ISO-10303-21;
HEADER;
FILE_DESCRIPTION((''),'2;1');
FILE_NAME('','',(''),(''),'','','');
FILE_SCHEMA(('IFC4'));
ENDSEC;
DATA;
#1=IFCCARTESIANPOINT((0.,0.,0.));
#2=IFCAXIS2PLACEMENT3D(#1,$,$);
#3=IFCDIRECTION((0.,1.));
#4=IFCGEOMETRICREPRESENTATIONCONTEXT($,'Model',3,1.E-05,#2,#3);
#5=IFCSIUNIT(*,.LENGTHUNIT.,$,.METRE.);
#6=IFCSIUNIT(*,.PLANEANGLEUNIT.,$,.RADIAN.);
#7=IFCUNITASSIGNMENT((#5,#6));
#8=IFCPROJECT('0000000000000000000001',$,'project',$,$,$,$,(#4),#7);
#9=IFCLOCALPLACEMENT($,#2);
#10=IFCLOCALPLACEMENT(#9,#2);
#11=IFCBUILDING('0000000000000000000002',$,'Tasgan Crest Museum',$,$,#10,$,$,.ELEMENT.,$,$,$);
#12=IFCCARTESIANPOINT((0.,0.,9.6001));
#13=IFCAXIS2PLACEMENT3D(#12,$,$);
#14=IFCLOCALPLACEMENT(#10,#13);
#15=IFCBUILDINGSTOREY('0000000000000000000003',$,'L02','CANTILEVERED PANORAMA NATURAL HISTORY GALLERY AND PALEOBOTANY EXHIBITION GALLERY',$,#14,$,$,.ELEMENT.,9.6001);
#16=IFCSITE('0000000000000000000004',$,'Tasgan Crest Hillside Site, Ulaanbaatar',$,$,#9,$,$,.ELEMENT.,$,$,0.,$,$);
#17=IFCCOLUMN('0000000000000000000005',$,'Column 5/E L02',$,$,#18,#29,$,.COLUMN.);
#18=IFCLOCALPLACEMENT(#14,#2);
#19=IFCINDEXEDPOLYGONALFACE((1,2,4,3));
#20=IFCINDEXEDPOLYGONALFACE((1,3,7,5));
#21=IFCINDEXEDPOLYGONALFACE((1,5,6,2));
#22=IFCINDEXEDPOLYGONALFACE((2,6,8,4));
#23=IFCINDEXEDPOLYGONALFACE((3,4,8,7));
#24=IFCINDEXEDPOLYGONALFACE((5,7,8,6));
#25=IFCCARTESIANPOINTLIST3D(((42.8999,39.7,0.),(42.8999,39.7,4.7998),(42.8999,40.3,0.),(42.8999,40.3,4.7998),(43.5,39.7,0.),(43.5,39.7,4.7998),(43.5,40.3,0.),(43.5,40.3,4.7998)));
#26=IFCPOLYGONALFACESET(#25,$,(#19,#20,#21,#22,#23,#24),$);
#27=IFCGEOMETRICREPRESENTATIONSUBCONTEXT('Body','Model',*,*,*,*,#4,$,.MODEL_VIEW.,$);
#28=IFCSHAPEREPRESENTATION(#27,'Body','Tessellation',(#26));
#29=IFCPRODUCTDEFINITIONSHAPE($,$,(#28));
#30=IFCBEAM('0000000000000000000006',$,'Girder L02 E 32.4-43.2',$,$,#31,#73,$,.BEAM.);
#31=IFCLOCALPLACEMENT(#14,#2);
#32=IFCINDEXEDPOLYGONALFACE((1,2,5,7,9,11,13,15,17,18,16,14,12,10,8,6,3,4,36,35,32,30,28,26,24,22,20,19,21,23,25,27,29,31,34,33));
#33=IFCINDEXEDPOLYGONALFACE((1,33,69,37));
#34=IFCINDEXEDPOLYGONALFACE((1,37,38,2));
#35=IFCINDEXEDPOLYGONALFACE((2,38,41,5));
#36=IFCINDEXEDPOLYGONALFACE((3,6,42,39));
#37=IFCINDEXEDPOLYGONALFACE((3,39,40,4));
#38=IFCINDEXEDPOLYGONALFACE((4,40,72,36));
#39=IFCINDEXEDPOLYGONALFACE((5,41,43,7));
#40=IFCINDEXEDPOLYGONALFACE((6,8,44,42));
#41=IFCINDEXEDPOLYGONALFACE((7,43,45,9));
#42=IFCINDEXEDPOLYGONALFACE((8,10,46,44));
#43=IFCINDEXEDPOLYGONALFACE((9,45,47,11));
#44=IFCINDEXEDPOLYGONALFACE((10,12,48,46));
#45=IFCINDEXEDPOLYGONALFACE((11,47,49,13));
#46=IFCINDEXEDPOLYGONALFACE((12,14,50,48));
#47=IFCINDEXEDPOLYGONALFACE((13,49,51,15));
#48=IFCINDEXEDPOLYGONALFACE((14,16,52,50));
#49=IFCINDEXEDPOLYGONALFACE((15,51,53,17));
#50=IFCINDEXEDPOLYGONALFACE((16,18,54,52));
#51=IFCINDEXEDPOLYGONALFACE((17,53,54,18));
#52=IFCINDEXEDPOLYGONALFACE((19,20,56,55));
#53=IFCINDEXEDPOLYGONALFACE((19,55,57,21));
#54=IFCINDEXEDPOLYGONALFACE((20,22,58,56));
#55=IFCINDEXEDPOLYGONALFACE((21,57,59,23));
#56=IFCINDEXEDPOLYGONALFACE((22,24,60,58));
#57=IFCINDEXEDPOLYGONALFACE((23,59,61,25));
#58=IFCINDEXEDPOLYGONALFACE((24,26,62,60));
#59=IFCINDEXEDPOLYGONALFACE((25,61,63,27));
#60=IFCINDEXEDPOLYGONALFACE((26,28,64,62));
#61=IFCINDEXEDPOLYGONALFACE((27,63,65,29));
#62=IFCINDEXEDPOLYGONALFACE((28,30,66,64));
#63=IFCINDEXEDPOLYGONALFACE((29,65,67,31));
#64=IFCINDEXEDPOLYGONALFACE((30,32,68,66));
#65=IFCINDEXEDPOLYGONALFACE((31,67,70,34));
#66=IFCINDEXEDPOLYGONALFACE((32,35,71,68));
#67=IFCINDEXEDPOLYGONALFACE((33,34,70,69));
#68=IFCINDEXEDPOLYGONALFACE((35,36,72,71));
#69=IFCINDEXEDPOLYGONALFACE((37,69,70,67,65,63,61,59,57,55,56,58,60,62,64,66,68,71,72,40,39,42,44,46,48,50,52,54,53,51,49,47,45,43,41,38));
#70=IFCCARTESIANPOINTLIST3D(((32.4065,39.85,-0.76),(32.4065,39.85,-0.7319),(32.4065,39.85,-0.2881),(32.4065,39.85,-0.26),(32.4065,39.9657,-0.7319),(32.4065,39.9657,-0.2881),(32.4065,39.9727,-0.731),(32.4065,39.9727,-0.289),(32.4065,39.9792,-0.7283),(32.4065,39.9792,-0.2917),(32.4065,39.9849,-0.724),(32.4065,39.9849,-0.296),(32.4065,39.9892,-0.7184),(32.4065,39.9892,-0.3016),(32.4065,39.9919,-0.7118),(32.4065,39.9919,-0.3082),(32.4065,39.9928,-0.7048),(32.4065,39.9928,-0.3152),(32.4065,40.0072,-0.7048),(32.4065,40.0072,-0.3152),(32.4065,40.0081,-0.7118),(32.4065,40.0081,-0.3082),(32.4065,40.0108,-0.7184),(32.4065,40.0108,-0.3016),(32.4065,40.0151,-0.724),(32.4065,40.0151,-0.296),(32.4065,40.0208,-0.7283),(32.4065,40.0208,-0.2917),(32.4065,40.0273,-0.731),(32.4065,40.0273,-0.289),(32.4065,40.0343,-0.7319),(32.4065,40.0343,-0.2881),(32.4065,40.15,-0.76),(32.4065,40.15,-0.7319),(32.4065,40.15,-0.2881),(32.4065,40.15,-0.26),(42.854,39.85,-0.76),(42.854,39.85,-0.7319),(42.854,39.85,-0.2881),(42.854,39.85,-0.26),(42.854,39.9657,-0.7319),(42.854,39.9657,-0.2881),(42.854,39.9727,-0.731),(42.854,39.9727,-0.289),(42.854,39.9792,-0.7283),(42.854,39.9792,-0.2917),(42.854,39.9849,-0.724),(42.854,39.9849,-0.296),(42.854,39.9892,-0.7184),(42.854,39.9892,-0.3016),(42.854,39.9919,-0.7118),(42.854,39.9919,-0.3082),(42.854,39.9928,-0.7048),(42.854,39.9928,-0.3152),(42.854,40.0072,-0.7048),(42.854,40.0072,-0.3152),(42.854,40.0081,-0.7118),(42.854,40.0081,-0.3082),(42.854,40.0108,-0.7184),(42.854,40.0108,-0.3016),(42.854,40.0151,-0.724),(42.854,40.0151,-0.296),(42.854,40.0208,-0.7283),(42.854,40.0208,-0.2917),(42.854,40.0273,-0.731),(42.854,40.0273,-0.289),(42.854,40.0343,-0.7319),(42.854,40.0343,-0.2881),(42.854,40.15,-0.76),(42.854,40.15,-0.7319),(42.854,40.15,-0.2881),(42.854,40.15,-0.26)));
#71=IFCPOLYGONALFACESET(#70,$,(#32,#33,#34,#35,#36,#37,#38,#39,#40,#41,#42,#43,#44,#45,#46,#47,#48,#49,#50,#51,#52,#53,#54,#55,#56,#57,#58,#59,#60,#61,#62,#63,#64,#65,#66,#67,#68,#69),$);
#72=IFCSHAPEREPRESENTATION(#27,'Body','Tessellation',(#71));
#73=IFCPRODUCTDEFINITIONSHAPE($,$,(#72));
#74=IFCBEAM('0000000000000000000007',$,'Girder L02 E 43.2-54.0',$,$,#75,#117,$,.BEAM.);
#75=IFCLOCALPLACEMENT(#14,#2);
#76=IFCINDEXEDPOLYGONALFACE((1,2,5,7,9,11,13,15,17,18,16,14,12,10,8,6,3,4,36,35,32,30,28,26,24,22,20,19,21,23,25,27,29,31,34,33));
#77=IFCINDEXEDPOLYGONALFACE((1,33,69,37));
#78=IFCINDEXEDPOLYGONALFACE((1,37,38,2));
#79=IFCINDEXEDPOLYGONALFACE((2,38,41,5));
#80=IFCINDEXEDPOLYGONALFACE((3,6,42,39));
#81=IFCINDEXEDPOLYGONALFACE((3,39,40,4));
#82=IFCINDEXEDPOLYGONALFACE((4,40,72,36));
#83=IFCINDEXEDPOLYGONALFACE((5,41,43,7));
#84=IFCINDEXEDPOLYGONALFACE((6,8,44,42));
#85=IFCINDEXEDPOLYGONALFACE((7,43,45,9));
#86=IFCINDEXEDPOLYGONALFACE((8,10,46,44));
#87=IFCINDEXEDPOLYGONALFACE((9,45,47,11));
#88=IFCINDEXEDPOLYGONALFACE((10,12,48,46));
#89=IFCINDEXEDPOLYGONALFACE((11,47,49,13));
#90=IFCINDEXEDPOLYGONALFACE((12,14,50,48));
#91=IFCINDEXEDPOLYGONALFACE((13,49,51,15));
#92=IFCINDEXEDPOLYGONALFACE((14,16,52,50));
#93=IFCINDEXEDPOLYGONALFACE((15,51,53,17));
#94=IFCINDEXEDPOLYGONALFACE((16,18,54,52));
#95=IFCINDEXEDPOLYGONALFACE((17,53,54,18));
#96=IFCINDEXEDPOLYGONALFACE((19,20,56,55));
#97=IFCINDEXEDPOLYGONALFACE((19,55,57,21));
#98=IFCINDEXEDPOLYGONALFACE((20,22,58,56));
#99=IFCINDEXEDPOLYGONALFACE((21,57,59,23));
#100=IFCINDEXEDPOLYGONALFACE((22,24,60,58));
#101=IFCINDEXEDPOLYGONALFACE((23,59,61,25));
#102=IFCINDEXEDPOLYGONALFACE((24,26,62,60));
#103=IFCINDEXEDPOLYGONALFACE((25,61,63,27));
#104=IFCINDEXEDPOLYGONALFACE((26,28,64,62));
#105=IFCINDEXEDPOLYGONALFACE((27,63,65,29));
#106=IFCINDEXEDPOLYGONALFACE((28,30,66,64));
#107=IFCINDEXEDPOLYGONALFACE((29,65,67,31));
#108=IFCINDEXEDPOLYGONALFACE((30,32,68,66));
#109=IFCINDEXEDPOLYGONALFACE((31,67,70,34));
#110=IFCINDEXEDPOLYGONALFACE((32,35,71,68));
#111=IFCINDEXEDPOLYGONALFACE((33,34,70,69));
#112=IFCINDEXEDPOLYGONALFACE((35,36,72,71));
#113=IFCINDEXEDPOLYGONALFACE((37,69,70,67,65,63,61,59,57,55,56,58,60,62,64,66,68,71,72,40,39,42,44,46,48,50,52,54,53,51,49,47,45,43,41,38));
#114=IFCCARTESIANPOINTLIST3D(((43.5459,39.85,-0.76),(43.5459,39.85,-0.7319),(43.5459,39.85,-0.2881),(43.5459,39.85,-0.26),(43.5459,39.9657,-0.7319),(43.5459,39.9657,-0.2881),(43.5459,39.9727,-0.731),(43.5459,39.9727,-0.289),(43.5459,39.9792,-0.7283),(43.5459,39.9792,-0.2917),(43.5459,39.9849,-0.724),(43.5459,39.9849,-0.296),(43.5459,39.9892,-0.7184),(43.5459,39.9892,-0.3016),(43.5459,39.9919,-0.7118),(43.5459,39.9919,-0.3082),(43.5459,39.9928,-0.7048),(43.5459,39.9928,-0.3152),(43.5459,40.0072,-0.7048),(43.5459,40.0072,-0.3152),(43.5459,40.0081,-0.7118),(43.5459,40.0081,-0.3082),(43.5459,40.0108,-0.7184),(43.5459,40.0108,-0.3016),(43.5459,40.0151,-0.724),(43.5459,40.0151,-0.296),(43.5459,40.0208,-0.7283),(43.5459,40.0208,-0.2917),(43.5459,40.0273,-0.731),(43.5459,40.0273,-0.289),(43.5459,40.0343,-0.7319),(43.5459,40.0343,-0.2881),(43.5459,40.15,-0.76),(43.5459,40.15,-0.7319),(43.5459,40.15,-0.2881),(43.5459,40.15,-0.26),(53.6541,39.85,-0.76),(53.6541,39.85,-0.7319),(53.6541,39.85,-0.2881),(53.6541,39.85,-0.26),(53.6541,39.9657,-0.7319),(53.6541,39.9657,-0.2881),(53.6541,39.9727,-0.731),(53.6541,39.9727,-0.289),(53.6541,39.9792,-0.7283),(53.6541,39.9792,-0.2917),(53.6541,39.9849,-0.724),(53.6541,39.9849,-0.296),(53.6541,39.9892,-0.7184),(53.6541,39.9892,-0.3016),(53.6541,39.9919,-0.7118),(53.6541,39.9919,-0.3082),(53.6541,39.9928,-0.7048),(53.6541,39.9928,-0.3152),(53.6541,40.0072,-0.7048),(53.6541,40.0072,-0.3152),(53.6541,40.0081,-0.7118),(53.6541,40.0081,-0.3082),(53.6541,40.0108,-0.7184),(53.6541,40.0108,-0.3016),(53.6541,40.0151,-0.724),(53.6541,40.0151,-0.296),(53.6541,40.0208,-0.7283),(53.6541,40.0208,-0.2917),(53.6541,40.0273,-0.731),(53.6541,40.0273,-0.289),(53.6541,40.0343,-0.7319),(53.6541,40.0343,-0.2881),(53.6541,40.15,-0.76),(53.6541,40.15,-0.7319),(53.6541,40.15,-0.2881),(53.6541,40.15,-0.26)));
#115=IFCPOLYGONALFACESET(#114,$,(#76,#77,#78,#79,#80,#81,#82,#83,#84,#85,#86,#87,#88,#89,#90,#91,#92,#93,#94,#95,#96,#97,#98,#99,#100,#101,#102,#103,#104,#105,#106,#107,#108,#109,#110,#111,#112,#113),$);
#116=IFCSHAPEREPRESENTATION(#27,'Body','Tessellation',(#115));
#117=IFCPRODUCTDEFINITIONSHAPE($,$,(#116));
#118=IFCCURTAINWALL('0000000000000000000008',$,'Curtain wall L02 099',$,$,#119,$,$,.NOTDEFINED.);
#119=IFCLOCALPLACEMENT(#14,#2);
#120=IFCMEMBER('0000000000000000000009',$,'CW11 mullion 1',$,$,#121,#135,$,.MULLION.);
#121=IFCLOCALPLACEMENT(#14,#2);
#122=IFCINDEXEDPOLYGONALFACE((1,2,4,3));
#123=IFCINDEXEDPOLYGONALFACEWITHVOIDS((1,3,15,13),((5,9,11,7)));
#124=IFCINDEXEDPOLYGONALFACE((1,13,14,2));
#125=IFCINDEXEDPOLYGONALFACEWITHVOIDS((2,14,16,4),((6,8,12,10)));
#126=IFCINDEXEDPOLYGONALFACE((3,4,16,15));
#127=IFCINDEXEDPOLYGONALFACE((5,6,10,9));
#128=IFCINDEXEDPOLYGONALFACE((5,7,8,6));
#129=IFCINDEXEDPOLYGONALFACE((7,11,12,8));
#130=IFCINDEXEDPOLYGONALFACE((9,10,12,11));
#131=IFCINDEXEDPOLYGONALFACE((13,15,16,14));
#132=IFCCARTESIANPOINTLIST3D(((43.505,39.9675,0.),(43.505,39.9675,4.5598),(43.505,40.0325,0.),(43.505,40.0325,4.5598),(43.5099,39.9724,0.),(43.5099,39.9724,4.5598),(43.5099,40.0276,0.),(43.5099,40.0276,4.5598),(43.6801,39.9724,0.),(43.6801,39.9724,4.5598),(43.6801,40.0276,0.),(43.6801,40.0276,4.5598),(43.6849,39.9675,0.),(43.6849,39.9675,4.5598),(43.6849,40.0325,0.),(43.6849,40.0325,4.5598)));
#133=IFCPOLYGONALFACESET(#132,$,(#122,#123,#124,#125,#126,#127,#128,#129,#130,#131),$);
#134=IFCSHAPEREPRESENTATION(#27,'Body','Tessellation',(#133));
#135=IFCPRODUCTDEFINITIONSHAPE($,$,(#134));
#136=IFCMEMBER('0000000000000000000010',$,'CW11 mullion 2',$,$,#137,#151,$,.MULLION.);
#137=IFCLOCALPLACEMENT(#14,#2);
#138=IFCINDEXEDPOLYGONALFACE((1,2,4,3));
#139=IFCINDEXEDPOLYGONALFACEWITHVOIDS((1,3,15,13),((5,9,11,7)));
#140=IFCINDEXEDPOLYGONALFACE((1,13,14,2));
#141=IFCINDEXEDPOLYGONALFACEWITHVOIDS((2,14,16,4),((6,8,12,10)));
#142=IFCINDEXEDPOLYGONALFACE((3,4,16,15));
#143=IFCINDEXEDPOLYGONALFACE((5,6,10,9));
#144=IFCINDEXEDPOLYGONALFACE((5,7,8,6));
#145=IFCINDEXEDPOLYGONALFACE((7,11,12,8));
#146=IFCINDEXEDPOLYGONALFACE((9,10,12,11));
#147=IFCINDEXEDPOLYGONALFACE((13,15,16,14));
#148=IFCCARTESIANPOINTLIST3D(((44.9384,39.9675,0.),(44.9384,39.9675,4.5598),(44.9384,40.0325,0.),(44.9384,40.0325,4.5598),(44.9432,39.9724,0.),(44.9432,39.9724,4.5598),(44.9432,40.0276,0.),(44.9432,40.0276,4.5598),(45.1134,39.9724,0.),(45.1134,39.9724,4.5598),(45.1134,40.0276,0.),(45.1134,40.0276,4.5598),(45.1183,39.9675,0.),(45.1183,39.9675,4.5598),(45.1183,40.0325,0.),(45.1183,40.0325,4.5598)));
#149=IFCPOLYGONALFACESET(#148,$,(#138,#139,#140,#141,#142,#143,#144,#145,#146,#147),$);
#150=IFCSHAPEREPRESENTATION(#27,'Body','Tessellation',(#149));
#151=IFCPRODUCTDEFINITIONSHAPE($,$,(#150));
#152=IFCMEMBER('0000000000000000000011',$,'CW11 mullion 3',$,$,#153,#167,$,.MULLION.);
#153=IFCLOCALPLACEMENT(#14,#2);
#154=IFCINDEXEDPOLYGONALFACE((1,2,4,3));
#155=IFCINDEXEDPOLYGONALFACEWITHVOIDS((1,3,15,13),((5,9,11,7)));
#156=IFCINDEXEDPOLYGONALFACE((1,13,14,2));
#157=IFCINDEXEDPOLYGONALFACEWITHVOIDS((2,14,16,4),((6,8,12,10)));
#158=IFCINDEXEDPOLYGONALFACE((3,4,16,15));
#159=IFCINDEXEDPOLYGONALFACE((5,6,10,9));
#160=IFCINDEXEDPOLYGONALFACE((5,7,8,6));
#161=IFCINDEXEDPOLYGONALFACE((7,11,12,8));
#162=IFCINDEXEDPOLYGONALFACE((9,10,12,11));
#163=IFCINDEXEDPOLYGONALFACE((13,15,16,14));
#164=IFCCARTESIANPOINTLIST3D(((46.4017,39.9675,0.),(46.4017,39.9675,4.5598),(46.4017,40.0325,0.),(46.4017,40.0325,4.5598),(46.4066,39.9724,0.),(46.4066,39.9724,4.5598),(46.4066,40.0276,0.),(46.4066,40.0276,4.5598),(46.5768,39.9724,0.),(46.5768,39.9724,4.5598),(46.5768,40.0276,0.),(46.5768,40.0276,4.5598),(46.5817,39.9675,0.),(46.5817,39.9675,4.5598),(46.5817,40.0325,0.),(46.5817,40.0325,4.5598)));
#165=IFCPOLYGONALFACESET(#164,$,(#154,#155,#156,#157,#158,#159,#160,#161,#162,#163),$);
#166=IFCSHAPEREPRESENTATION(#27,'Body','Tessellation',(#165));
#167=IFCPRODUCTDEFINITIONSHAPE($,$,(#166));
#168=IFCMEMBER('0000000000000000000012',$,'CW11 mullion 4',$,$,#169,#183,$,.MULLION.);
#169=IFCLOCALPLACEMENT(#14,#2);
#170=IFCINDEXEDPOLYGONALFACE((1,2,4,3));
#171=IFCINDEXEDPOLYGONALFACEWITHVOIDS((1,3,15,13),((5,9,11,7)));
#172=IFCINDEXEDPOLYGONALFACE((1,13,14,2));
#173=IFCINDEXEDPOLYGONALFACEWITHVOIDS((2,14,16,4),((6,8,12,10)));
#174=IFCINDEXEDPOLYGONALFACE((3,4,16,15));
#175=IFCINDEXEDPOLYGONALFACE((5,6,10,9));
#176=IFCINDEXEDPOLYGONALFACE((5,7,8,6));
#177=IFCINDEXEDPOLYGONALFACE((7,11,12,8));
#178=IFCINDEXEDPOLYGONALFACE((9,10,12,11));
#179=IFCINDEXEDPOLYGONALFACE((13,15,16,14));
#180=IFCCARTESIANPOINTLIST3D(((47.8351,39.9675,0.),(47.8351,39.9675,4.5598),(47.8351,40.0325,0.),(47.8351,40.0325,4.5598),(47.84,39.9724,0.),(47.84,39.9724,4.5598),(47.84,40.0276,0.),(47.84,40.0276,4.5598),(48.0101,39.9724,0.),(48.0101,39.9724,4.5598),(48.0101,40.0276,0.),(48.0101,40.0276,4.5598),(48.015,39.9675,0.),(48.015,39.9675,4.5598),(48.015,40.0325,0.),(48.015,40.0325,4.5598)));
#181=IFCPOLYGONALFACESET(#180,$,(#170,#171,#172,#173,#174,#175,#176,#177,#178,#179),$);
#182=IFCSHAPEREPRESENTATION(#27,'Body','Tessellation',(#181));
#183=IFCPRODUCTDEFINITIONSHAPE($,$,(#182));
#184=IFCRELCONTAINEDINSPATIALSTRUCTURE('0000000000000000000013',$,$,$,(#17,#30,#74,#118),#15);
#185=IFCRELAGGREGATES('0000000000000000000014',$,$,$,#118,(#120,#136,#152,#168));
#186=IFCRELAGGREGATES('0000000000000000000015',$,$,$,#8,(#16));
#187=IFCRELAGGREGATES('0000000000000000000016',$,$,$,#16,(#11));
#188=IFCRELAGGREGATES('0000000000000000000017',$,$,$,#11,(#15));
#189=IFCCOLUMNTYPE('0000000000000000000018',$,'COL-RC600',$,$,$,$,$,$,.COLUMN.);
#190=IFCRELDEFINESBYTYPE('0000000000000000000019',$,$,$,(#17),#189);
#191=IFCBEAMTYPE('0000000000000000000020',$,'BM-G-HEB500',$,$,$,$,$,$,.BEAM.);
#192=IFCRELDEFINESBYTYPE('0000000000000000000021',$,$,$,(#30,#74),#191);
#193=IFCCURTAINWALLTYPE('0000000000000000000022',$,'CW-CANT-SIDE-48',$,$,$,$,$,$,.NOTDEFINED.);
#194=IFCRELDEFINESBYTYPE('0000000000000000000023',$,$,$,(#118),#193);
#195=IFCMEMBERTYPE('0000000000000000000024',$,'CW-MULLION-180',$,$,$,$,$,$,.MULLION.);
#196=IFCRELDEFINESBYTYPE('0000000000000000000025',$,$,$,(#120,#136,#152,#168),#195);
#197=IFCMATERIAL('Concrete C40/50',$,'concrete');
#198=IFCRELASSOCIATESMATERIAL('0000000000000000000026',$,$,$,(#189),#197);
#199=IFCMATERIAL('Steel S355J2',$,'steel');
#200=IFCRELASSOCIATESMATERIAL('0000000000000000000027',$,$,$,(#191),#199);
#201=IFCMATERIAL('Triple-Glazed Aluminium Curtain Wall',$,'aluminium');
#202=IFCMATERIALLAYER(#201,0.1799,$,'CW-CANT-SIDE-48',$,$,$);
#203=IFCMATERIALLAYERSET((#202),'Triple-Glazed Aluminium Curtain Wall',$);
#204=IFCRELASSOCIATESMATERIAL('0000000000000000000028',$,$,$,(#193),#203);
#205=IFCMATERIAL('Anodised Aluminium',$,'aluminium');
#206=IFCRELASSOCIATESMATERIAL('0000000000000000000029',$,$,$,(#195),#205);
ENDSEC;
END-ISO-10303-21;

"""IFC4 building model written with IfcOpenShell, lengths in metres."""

from ifc_helpers import new_model, si_unit, direction, frame, origin, origin_2d, place, context, subcontext, project, spatial, rectangle, hollow_rectangle, i_section, extrude, material, layer, layer_set, material_profile, profile_set, type_object, element, aggregate, save


model = new_model("IFC4")

# Units and contexts
model_context = context("Model", 3, precision=1e-05, world=origin(), true_north=direction((0.0, 1.0)))
body_context = subcontext(model_context, "Body", "Model", "MODEL_VIEW")
ifc_project = project(units=[si_unit("LENGTHUNIT", "METRE"), si_unit("PLANEANGLEUNIT", "RADIAN")], contexts=[model_context])

# Site, building, storey
site_placement = place(None, origin())
site = spatial("IfcSite", under=ifc_project, at=site_placement, Name="Tasgan Crest Hillside Site, Ulaanbaatar", CompositionType="ELEMENT", RefElevation=0.0)
building_placement = place(site_placement, origin())
building = spatial("IfcBuilding", under=site, at=building_placement, Name="Tasgan Crest Museum", CompositionType="ELEMENT")
storey_placement = place(building_placement, frame((0.0, 0.0, 9.6001)))
storey = spatial("IfcBuildingStorey", under=building, at=storey_placement, Name="L02", Description="CANTILEVERED PANORAMA NATURAL HISTORY GALLERY AND PALEOBOTANY EXHIBITION GALLERY", CompositionType="ELEMENT", Elevation=9.6001)

# Column
ifc_material_1 = material(Name="Concrete C40/50", Category="concrete")
ifc_material_profile_1 = material_profile(ifc_material_1, rectangle(XDim=0.6001, YDim=0.6001, at=origin_2d()), Name="RC 600x600")
ifc_profile_set_1 = profile_set([ifc_material_profile_1], Name="Concrete C40/50")
column_type = type_object("IfcColumnType", Name="COL-RC600", PredefinedType="COLUMN", material=ifc_profile_set_1)
column_placement = place(storey_placement, frame((43.2, 40.0, 0.0), z_axis=(0.0, 0.0, 1.0), x_axis=(1.0, 0.0, 0.0)))
element("IfcColumn", 1, at=column_placement, inside=storey, type_object=column_type, Name="Column 5/E L02", PredefinedType="COLUMN", context=body_context, shape_type="SweptSolid", body=[
    extrude(rectangle(XDim=0.6001, YDim=0.6001, at=origin_2d()), origin(), (0.0, 0.0, 1.0), 4.7998),
])

# Beams
ifc_material_2 = material(Name="Steel S355J2", Category="steel")
ifc_material_profile_2 = material_profile(ifc_material_2, i_section(OverallWidth=0.3, OverallDepth=0.5, WebThickness=0.0144, FlangeThickness=0.0281, FilletRadius=0.0271, at=origin_2d()), Name="HEB 500")
ifc_profile_set_2 = profile_set([ifc_material_profile_2], Name="Steel S355J2")
beam_type = type_object("IfcBeamType", Name="BM-G-HEB500", PredefinedType="BEAM", material=ifc_profile_set_2)
beam_1_placement = place(storey_placement, frame((32.4065, 40.0, -0.51), z_axis=(1.0, 0.0, 0.0), x_axis=(0.0, 1.0, 0.0)))
element("IfcBeam", 2, at=beam_1_placement, inside=storey, type_object=beam_type, Name="Girder L02 E 32.4-43.2", PredefinedType="BEAM", context=body_context, shape_type="SweptSolid", body=[
    extrude(i_section(OverallWidth=0.3, OverallDepth=0.5, WebThickness=0.0144, FlangeThickness=0.0281, FilletRadius=0.0271, at=origin_2d()), origin(), (0.0, 0.0, 1.0), 10.4475),
])
beam_2_placement = place(storey_placement, frame((43.5459, 40.0, -0.51), z_axis=(1.0, 0.0, 0.0), x_axis=(0.0, 1.0, 0.0)))
element("IfcBeam", 3, at=beam_2_placement, inside=storey, type_object=beam_type, Name="Girder L02 E 43.2-54.0", PredefinedType="BEAM", context=body_context, shape_type="SweptSolid", body=[
    extrude(i_section(OverallWidth=0.3, OverallDepth=0.5, WebThickness=0.0144, FlangeThickness=0.0281, FilletRadius=0.0271, at=origin_2d()), origin(), (0.0, 0.0, 1.0), 10.1082),
])

# Curtain wall, members
ifc_material_3 = material(Name="Triple-Glazed Aluminium Curtain Wall", Category="aluminium")
ifc_layer_1 = layer(ifc_material_3, 0.1799, Name="CW-CANT-SIDE-48")
ifc_layer_set_1 = layer_set([ifc_layer_1], Name="Triple-Glazed Aluminium Curtain Wall")
curtain_wall_type = type_object("IfcCurtainWallType", Name="CW-CANT-SIDE-48", PredefinedType="NOTDEFINED", material=ifc_layer_set_1)
curtain_wall_1_placement = place(storey_placement, origin())
curtain_wall_1 = element("IfcCurtainWall", 4, at=curtain_wall_1_placement, inside=storey, type_object=curtain_wall_type, Name="Curtain wall L02 099", PredefinedType="NOTDEFINED")
ifc_material_4 = material(Name="Anodised Aluminium", Category="aluminium")
ifc_material_profile_3 = material_profile(ifc_material_4, hollow_rectangle(XDim=0.0649, YDim=0.1799, WallThickness=0.0049, at=origin_2d()), Name="ALU MULLION 180x65x5")
ifc_profile_set_3 = profile_set([ifc_material_profile_3], Name="Anodised Aluminium")
member_type_1 = type_object("IfcMemberType", Name="CW-MULLION-180", PredefinedType="MULLION", material=ifc_profile_set_3)
member_1_placement = place(storey_placement, frame((43.595, 40.0, 0.0), z_axis=(0.0, 0.0, 1.0), x_axis=(0.0, 1.0, 0.0)))
member_1 = element("IfcMember", 5, at=member_1_placement, type_object=member_type_1, Name="CW11 mullion 1", PredefinedType="MULLION", context=body_context, shape_type="SweptSolid", body=[
    extrude(hollow_rectangle(XDim=0.0649, YDim=0.1799, WallThickness=0.0049, at=origin_2d()), origin(), (0.0, 0.0, 1.0), 4.5598),
])
member_2_placement = place(storey_placement, frame((45.0283, 40.0, 0.0), z_axis=(0.0, 0.0, 1.0), x_axis=(0.0, 1.0, 0.0)))
member_2 = element("IfcMember", 6, at=member_2_placement, type_object=member_type_1, Name="CW11 mullion 2", PredefinedType="MULLION", context=body_context, shape_type="SweptSolid", body=[
    extrude(hollow_rectangle(XDim=0.0649, YDim=0.1799, WallThickness=0.0049, at=origin_2d()), origin(), (0.0, 0.0, 1.0), 4.5598),
])
member_3_placement = place(storey_placement, frame((46.4917, 40.0, 0.0), z_axis=(0.0, 0.0, 1.0), x_axis=(0.0, 1.0, 0.0)))
member_3 = element("IfcMember", 7, at=member_3_placement, type_object=member_type_1, Name="CW11 mullion 3", PredefinedType="MULLION", context=body_context, shape_type="SweptSolid", body=[
    extrude(hollow_rectangle(XDim=0.0649, YDim=0.1799, WallThickness=0.0049, at=origin_2d()), origin(), (0.0, 0.0, 1.0), 4.5598),
])
member_4_placement = place(storey_placement, frame((47.925, 40.0, 0.0), z_axis=(0.0, 0.0, 1.0), x_axis=(0.0, 1.0, 0.0)))
member_4 = element("IfcMember", 8, at=member_4_placement, type_object=member_type_1, Name="CW11 mullion 4", PredefinedType="MULLION", context=body_context, shape_type="SweptSolid", body=[
    extrude(hollow_rectangle(XDim=0.0649, YDim=0.1799, WallThickness=0.0049, at=origin_2d()), origin(), (0.0, 0.0, 1.0), 4.5598),
])

aggregate(curtain_wall_1, [member_1, member_2, member_3, member_4])

save(model, "model.ifc")
